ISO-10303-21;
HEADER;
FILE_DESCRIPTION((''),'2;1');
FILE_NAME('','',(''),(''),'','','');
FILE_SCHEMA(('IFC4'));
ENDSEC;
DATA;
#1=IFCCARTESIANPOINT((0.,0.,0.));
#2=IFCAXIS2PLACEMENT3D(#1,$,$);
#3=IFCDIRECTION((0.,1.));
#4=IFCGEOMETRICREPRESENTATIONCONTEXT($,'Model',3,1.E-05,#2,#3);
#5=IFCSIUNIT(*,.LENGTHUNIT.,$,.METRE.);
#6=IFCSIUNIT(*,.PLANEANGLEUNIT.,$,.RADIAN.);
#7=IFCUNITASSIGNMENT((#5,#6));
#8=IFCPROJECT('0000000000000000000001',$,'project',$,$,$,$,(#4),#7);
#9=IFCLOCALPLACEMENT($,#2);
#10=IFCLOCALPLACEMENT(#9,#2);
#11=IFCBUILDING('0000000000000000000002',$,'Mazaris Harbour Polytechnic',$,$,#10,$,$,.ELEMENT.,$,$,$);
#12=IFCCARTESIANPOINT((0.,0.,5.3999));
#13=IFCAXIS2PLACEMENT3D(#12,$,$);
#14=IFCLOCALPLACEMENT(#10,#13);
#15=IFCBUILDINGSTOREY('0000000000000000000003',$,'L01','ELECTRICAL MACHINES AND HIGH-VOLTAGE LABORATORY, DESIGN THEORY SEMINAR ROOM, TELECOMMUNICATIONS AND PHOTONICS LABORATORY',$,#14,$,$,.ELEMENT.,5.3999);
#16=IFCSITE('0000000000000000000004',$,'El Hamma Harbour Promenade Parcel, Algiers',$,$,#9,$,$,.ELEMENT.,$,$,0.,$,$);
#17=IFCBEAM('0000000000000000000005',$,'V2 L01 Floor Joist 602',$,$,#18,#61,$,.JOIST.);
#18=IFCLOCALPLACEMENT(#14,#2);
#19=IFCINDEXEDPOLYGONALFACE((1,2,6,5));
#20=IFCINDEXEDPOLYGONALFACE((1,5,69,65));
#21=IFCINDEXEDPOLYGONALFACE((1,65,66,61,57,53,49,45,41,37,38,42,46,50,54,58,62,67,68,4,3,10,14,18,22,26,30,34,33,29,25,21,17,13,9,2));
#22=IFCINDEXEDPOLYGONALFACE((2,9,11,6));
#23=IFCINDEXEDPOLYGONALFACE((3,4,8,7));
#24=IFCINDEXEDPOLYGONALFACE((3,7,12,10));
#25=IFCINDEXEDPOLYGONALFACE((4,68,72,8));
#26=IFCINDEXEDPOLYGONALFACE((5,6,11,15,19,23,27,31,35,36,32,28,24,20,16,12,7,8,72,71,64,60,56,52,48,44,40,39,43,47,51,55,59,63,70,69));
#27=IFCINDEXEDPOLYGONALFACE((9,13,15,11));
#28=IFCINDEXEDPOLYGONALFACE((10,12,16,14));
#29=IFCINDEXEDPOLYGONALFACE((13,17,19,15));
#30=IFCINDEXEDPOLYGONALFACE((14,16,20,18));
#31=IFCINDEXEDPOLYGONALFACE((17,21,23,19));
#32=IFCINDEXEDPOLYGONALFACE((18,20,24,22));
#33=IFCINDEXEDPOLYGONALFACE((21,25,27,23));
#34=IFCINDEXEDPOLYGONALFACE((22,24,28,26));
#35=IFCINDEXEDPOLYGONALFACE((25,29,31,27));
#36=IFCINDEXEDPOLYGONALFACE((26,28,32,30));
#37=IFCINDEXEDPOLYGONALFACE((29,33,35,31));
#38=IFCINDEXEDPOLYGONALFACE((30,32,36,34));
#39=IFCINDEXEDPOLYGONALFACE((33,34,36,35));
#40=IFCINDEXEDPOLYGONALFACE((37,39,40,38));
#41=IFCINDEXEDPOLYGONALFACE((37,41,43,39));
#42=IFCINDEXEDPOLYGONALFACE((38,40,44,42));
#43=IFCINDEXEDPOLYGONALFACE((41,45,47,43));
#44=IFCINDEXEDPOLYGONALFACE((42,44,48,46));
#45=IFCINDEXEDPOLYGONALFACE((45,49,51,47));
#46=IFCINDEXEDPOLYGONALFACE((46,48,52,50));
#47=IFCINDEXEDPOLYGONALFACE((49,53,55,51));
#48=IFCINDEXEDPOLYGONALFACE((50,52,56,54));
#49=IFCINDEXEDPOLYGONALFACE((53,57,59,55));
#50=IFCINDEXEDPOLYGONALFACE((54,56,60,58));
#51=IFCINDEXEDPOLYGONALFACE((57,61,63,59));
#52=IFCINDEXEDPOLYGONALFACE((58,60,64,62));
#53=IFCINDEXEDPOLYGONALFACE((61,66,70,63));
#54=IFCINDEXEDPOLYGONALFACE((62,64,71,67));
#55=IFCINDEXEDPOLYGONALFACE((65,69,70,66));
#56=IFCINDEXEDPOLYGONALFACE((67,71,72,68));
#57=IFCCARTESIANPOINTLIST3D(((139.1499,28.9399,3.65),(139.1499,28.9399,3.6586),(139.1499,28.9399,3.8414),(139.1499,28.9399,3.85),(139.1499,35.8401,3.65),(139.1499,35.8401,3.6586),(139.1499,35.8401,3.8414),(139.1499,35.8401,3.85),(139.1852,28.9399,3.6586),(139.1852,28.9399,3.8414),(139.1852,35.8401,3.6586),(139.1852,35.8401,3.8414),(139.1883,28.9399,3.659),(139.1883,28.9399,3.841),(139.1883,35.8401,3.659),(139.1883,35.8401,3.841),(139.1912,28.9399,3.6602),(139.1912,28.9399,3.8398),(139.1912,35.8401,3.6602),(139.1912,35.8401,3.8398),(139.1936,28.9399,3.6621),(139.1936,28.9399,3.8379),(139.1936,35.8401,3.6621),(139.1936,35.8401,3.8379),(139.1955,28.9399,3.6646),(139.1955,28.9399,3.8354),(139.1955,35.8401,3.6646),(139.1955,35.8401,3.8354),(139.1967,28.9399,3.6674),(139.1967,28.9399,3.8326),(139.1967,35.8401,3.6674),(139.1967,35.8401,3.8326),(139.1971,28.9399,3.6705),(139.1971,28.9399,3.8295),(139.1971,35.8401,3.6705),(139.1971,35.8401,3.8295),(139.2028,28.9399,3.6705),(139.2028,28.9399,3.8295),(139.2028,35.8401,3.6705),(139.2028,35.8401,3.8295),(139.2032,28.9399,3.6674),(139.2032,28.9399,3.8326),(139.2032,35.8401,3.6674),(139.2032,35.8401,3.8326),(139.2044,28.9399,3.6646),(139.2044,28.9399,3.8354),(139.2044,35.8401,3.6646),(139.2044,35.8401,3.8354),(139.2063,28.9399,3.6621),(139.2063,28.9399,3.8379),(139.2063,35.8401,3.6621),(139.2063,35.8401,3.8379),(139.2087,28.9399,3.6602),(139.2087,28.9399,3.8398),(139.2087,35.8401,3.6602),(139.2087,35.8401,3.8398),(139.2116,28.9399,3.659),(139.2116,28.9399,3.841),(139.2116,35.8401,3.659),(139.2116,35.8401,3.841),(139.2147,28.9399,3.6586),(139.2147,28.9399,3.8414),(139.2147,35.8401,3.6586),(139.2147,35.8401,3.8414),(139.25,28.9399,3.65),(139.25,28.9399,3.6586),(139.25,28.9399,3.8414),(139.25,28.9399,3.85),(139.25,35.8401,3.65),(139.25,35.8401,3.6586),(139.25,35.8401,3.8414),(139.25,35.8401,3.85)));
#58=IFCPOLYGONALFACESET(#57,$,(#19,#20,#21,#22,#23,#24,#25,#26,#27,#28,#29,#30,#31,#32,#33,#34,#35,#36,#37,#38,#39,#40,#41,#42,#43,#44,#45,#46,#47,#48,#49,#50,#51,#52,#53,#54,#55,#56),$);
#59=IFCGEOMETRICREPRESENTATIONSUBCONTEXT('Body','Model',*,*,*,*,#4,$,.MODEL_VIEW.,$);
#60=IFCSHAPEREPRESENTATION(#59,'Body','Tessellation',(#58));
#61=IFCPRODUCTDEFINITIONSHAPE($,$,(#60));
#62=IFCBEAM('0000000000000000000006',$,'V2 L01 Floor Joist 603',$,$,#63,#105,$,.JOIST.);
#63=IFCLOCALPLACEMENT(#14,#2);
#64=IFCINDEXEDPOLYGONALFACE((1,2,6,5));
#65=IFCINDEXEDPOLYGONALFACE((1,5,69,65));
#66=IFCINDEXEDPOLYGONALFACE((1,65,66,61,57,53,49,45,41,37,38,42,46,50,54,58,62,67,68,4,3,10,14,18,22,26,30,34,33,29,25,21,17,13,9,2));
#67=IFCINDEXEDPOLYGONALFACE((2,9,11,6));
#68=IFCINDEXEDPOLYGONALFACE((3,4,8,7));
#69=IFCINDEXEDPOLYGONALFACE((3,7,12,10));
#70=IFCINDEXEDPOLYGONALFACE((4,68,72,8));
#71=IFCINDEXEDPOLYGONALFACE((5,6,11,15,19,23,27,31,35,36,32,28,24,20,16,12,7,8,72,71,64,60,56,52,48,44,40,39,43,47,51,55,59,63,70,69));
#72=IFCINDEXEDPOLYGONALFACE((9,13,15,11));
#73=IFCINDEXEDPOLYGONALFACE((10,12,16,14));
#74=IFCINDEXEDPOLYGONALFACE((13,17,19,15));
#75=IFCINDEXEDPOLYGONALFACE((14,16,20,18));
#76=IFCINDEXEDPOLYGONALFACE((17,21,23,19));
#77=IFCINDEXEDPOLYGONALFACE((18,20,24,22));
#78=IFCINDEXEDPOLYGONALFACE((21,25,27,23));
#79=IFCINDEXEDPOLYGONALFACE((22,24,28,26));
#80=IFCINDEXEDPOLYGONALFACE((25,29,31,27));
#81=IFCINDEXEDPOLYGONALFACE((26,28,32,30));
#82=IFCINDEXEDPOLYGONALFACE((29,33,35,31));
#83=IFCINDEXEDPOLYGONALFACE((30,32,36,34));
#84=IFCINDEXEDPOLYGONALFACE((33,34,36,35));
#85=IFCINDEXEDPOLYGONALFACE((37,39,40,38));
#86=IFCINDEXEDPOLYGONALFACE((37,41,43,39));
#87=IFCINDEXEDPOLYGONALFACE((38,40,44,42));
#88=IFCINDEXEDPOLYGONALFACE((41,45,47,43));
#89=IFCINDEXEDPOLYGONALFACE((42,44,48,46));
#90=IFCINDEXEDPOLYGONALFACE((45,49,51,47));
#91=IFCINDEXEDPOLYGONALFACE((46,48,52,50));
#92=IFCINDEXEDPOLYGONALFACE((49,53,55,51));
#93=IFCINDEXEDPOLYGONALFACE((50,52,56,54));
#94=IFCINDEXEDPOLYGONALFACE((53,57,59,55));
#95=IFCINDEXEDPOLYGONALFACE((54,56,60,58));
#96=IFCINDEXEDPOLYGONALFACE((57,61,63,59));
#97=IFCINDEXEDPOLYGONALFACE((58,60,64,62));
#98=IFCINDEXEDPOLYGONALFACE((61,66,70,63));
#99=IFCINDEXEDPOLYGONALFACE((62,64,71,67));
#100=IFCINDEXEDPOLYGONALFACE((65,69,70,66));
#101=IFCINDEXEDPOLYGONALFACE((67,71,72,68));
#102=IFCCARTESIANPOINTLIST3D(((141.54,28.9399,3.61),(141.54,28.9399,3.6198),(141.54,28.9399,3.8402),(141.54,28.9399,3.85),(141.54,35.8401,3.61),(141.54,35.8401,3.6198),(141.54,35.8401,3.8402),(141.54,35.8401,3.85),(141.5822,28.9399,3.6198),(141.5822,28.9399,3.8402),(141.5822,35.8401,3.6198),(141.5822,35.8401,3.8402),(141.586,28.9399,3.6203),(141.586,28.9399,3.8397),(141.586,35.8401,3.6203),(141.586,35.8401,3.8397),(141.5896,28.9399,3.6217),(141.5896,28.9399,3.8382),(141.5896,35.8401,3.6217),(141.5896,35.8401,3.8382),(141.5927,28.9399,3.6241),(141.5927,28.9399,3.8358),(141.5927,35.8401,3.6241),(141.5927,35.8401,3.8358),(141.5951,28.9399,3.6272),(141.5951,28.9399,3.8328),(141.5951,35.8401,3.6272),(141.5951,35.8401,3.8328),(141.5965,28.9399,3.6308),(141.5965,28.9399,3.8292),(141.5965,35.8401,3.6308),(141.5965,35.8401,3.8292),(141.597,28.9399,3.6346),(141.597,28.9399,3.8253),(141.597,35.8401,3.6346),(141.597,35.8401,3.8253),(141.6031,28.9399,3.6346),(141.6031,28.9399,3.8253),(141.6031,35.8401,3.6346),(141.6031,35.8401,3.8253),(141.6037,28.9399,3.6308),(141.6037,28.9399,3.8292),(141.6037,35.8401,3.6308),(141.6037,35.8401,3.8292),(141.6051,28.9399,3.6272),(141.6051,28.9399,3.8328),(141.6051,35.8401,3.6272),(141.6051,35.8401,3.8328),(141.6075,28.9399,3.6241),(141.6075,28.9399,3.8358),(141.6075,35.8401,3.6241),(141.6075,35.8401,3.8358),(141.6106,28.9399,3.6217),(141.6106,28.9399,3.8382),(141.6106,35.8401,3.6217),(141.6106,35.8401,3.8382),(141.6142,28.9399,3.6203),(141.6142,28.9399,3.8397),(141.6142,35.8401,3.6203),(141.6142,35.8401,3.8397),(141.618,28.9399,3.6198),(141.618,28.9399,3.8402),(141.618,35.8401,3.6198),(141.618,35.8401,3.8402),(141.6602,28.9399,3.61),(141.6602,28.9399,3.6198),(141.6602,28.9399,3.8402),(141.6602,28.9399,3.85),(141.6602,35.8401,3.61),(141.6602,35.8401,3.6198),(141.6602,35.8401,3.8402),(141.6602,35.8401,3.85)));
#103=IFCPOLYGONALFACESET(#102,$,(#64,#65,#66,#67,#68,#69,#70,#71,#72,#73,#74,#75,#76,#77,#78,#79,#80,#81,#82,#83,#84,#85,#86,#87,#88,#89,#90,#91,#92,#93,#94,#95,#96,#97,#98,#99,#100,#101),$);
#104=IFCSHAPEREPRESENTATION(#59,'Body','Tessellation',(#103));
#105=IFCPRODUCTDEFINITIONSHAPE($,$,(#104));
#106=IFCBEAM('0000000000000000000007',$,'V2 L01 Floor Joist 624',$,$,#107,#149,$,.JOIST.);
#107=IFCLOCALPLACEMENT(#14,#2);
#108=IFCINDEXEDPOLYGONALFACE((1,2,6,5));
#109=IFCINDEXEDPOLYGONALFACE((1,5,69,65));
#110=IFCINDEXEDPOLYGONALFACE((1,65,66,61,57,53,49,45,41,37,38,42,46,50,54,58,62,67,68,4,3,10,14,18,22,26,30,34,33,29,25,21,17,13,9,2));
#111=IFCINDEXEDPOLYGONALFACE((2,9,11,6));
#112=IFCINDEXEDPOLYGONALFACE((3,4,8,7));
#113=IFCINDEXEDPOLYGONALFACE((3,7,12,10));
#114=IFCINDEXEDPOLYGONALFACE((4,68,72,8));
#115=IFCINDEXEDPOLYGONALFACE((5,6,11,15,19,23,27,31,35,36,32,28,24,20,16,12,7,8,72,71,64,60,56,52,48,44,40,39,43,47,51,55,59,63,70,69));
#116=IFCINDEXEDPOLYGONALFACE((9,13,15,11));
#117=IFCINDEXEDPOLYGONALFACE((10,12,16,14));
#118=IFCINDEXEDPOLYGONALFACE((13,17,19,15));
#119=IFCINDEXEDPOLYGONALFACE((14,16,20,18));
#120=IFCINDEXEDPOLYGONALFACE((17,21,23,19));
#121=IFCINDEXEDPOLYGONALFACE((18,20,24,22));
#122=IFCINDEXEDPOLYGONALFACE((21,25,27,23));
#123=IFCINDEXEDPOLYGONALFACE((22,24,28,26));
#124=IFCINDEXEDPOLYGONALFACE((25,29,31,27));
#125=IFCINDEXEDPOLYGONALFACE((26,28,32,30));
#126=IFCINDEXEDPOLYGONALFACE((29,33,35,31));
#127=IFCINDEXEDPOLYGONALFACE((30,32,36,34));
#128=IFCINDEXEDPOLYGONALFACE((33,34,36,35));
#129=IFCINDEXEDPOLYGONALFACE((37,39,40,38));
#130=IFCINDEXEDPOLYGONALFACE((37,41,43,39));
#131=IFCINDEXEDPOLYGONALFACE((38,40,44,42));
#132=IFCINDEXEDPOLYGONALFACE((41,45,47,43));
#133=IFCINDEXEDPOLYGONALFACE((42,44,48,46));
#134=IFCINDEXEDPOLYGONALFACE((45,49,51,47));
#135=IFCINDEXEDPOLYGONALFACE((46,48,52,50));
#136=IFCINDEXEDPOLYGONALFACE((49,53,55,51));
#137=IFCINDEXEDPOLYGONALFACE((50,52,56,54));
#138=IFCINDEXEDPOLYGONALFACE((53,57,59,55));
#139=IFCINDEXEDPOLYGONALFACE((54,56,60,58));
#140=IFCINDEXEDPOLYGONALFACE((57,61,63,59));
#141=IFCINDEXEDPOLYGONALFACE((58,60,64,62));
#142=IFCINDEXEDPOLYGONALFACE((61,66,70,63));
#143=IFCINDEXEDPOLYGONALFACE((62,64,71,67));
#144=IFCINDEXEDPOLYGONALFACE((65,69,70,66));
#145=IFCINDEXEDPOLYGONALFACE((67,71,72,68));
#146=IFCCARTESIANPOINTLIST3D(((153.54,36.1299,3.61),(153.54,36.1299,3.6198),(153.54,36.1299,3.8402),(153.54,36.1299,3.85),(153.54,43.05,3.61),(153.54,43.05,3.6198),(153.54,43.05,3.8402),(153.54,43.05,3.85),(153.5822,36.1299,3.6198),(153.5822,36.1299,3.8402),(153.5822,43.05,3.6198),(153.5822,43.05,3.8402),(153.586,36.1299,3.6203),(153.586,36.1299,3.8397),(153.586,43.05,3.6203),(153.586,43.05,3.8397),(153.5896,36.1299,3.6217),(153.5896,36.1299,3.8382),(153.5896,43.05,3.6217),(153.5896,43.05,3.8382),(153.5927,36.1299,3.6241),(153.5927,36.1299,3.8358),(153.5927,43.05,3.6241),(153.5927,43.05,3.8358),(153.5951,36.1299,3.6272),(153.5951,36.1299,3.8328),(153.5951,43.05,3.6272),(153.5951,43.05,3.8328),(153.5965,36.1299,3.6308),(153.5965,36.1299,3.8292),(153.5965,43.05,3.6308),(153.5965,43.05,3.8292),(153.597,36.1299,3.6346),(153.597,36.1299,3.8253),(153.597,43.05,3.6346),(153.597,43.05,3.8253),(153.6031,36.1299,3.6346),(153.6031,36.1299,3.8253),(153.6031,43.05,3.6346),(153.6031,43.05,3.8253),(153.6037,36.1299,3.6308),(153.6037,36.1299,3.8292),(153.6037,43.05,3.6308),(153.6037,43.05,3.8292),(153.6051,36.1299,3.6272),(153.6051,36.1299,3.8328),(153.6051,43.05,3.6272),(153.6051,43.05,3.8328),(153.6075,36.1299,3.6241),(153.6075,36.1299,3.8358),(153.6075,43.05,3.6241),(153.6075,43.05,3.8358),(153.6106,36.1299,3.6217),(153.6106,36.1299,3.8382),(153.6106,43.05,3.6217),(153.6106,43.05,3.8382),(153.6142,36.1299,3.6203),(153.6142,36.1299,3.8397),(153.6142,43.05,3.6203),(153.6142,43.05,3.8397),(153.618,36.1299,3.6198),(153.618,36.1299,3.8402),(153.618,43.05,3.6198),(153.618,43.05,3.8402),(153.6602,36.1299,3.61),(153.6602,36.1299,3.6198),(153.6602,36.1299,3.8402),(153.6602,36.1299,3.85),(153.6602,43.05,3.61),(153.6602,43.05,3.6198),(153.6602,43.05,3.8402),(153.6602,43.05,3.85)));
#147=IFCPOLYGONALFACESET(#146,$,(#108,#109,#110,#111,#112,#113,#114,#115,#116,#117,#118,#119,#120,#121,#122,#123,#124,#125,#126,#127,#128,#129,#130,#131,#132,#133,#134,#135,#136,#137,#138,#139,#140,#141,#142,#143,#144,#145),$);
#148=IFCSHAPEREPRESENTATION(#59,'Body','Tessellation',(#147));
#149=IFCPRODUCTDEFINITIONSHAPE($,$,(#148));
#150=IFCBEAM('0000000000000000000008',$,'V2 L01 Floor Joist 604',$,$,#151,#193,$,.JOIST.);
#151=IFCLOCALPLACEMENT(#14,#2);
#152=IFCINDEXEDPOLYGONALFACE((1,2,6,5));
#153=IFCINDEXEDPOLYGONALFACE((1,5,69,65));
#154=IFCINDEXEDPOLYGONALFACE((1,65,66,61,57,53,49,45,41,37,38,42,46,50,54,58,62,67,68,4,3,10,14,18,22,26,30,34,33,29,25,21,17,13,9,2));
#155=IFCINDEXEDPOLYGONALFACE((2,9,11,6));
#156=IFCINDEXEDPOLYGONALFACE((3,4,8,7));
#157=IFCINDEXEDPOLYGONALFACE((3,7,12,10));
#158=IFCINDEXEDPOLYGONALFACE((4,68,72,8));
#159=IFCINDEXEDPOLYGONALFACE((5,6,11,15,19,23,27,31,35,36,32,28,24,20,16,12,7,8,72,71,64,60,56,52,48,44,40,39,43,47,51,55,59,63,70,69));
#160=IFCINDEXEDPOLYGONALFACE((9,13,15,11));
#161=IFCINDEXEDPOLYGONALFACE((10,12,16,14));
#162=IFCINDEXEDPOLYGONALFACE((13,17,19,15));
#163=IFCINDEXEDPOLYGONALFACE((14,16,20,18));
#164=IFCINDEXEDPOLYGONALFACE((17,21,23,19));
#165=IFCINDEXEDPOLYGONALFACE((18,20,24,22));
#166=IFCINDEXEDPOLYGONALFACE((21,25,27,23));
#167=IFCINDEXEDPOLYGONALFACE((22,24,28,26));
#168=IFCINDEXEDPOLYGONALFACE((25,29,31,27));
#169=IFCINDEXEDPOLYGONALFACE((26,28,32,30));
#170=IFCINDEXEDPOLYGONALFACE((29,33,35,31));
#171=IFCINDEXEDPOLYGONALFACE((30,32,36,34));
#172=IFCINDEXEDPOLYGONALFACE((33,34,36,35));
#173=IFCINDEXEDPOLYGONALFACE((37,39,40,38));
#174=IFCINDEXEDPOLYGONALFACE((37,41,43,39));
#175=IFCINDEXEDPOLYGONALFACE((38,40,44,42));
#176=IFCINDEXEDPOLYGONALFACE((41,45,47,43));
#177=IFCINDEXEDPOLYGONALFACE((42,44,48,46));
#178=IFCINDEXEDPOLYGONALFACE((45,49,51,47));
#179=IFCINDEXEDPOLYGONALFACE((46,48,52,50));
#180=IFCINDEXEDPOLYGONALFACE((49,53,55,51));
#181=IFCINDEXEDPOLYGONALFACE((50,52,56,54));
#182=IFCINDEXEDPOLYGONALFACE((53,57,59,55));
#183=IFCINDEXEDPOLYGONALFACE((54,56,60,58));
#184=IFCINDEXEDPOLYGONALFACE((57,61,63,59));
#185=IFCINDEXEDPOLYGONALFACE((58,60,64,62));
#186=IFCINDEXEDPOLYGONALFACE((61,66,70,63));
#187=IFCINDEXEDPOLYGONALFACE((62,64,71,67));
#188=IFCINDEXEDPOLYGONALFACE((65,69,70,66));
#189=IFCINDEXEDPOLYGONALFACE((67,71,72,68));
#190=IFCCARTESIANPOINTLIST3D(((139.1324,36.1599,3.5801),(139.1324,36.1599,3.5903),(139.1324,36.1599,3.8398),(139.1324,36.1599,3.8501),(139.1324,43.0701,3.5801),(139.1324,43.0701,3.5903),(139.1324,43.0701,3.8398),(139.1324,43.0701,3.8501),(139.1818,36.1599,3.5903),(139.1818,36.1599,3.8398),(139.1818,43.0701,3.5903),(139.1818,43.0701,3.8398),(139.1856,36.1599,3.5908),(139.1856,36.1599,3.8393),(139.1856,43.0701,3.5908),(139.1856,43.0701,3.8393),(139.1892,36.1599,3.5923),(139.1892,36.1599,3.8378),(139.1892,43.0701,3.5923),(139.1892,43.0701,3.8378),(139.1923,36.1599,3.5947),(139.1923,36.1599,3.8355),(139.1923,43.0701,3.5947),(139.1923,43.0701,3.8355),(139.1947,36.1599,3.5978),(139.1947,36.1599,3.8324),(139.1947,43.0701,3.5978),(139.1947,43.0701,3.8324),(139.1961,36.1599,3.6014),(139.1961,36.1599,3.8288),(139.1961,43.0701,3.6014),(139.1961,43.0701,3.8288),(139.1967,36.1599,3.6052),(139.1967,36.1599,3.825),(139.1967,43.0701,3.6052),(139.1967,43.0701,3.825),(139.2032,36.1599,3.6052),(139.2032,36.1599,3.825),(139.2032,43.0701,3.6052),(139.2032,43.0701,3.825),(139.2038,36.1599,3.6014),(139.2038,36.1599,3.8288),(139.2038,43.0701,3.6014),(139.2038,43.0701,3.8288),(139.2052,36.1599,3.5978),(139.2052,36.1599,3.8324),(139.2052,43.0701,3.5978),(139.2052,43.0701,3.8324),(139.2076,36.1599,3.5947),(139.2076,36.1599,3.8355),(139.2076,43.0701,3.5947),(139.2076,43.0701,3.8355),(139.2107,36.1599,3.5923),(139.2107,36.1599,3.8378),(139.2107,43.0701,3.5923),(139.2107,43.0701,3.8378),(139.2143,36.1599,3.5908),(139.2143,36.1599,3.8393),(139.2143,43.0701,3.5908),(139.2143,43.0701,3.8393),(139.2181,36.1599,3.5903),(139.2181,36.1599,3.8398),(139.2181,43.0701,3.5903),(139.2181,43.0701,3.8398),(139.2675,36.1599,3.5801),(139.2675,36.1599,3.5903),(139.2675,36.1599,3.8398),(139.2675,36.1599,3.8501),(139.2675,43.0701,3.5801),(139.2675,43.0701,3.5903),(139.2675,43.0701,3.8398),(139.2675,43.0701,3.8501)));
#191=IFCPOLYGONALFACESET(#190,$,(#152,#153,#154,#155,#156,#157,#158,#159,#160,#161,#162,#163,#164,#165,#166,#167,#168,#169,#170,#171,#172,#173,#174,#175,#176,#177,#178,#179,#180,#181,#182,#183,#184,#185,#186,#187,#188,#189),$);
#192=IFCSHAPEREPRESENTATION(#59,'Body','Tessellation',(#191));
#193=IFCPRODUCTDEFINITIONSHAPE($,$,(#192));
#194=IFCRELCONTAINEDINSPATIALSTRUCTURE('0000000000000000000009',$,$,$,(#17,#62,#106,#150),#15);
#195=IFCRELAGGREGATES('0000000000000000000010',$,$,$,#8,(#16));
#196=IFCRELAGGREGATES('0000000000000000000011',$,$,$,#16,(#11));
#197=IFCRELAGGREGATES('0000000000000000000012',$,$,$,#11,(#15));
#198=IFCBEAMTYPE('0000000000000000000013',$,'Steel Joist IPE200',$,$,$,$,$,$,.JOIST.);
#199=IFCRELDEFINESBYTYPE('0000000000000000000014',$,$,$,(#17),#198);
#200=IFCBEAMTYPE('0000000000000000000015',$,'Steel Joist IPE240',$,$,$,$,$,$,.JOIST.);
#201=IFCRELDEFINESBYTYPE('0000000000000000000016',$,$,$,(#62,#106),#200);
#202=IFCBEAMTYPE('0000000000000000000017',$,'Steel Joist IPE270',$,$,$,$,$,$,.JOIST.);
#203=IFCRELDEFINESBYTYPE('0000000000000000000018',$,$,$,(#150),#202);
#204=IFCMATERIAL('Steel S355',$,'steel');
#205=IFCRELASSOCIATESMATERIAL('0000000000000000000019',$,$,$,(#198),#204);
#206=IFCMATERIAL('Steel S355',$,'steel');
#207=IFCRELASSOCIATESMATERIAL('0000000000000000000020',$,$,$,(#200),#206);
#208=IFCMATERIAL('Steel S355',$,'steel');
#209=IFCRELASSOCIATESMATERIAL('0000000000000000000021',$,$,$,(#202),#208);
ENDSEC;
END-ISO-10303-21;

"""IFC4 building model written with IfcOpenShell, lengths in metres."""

from ifc_helpers import new_model, si_unit, direction, frame, origin, origin_2d, place, context, subcontext, project, spatial, i_section, extrude, material, material_profile, profile_set, type_object, element, save


model = new_model("IFC4")

# Units and contexts
model_context = context("Model", 3, precision=1e-05, world=origin(), true_north=direction((0.0, 1.0)))
body_context = subcontext(model_context, "Body", "Model", "MODEL_VIEW")
ifc_project = project(units=[si_unit("LENGTHUNIT", "METRE"), si_unit("PLANEANGLEUNIT", "RADIAN")], contexts=[model_context])

# Site, building, storey
site_placement = place(None, origin())
site = spatial("IfcSite", under=ifc_project, at=site_placement, Name="El Hamma Harbour Promenade Parcel, Algiers", CompositionType="ELEMENT", RefElevation=0.0)
building_placement = place(site_placement, origin())
building = spatial("IfcBuilding", under=site, at=building_placement, Name="Mazaris Harbour Polytechnic", CompositionType="ELEMENT")
storey_placement = place(building_placement, frame((0.0, 0.0, 5.3999)))
storey = spatial("IfcBuildingStorey", under=building, at=storey_placement, Name="L01", Description="ELECTRICAL MACHINES AND HIGH-VOLTAGE LABORATORY, DESIGN THEORY SEMINAR ROOM, TELECOMMUNICATIONS AND PHOTONICS LABORATORY", CompositionType="ELEMENT", Elevation=5.3999)

# Beams
ifc_material_1 = material(Name="Steel S355", Category="steel")
ifc_material_profile_1 = material_profile(ifc_material_1, i_section(OverallWidth=0.1001, OverallDepth=0.2, WebThickness=0.0056, FlangeThickness=0.0085, FilletRadius=0.012, at=origin_2d()), Name="IPE 200")
ifc_profile_set_1 = profile_set([ifc_material_profile_1], Name="Steel S355")
beam_type_1 = type_object("IfcBeamType", Name="Steel Joist IPE200", PredefinedType="JOIST", material=ifc_profile_set_1)
beam_1_placement = place(storey_placement, frame((139.2, 28.9399, 3.75), z_axis=(0.0, 1.0, 0.0), x_axis=(-1.0, 0.0, 0.0)))
element("IfcBeam", 1, at=beam_1_placement, inside=storey, type_object=beam_type_1, Name="V2 L01 Floor Joist 602", PredefinedType="JOIST", context=body_context, shape_type="SweptSolid", body=[
    extrude(i_section(OverallWidth=0.1001, OverallDepth=0.2, WebThickness=0.0056, FlangeThickness=0.0085, FilletRadius=0.012, at=origin_2d()), origin(), (0.0, 0.0, 1.0), 6.9001),
])
ifc_material_2 = material(Name="Steel S355", Category="steel")
ifc_material_profile_2 = material_profile(ifc_material_2, i_section(OverallWidth=0.1201, OverallDepth=0.24, WebThickness=0.0061, FlangeThickness=0.0098, FilletRadius=0.0149, at=origin_2d()), Name="IPE 240")
ifc_profile_set_2 = profile_set([ifc_material_profile_2], Name="Steel S355")
beam_type_2 = type_object("IfcBeamType", Name="Steel Joist IPE240", PredefinedType="JOIST", material=ifc_profile_set_2)
beam_2_placement = place(storey_placement, frame((141.6001, 28.9399, 3.73), z_axis=(0.0, 1.0, 0.0), x_axis=(-1.0, 0.0, 0.0)))
element("IfcBeam", 2, at=beam_2_placement, inside=storey, type_object=beam_type_2, Name="V2 L01 Floor Joist 603", PredefinedType="JOIST", context=body_context, shape_type="SweptSolid", body=[
    extrude(i_section(OverallWidth=0.1201, OverallDepth=0.24, WebThickness=0.0061, FlangeThickness=0.0098, FilletRadius=0.0149, at=origin_2d()), origin(), (0.0, 0.0, 1.0), 6.9001),
])
beam_3_placement = place(storey_placement, frame((153.6001, 36.1299, 3.73), z_axis=(0.0, 1.0, 0.0), x_axis=(-1.0, 0.0, 0.0)))
element("IfcBeam", 3, at=beam_3_placement, inside=storey, type_object=beam_type_2, Name="V2 L01 Floor Joist 624", PredefinedType="JOIST", context=body_context, shape_type="SweptSolid", body=[
    extrude(i_section(OverallWidth=0.1201, OverallDepth=0.24, WebThickness=0.0061, FlangeThickness=0.0098, FilletRadius=0.0149, at=origin_2d()), origin(), (0.0, 0.0, 1.0), 6.9202),
])
ifc_material_3 = material(Name="Steel S355", Category="steel")
ifc_material_profile_3 = material_profile(ifc_material_3, i_section(OverallWidth=0.135, OverallDepth=0.27, WebThickness=0.0066, FlangeThickness=0.0103, FilletRadius=0.0149, at=origin_2d()), Name="IPE 270")
ifc_profile_set_3 = profile_set([ifc_material_profile_3], Name="Steel S355")
beam_type_3 = type_object("IfcBeamType", Name="Steel Joist IPE270", PredefinedType="JOIST", material=ifc_profile_set_3)
beam_4_placement = place(storey_placement, frame((139.2, 36.1599, 3.7151), z_axis=(0.0, 1.0, 0.0), x_axis=(-1.0, 0.0, 0.0)))
element("IfcBeam", 4, at=beam_4_placement, inside=storey, type_object=beam_type_3, Name="V2 L01 Floor Joist 604", PredefinedType="JOIST", context=body_context, shape_type="SweptSolid", body=[
    extrude(i_section(OverallWidth=0.135, OverallDepth=0.27, WebThickness=0.0066, FlangeThickness=0.0103, FilletRadius=0.0149, at=origin_2d()), origin(), (0.0, 0.0, 1.0), 6.9102),
])

save(model, "model.ifc")
